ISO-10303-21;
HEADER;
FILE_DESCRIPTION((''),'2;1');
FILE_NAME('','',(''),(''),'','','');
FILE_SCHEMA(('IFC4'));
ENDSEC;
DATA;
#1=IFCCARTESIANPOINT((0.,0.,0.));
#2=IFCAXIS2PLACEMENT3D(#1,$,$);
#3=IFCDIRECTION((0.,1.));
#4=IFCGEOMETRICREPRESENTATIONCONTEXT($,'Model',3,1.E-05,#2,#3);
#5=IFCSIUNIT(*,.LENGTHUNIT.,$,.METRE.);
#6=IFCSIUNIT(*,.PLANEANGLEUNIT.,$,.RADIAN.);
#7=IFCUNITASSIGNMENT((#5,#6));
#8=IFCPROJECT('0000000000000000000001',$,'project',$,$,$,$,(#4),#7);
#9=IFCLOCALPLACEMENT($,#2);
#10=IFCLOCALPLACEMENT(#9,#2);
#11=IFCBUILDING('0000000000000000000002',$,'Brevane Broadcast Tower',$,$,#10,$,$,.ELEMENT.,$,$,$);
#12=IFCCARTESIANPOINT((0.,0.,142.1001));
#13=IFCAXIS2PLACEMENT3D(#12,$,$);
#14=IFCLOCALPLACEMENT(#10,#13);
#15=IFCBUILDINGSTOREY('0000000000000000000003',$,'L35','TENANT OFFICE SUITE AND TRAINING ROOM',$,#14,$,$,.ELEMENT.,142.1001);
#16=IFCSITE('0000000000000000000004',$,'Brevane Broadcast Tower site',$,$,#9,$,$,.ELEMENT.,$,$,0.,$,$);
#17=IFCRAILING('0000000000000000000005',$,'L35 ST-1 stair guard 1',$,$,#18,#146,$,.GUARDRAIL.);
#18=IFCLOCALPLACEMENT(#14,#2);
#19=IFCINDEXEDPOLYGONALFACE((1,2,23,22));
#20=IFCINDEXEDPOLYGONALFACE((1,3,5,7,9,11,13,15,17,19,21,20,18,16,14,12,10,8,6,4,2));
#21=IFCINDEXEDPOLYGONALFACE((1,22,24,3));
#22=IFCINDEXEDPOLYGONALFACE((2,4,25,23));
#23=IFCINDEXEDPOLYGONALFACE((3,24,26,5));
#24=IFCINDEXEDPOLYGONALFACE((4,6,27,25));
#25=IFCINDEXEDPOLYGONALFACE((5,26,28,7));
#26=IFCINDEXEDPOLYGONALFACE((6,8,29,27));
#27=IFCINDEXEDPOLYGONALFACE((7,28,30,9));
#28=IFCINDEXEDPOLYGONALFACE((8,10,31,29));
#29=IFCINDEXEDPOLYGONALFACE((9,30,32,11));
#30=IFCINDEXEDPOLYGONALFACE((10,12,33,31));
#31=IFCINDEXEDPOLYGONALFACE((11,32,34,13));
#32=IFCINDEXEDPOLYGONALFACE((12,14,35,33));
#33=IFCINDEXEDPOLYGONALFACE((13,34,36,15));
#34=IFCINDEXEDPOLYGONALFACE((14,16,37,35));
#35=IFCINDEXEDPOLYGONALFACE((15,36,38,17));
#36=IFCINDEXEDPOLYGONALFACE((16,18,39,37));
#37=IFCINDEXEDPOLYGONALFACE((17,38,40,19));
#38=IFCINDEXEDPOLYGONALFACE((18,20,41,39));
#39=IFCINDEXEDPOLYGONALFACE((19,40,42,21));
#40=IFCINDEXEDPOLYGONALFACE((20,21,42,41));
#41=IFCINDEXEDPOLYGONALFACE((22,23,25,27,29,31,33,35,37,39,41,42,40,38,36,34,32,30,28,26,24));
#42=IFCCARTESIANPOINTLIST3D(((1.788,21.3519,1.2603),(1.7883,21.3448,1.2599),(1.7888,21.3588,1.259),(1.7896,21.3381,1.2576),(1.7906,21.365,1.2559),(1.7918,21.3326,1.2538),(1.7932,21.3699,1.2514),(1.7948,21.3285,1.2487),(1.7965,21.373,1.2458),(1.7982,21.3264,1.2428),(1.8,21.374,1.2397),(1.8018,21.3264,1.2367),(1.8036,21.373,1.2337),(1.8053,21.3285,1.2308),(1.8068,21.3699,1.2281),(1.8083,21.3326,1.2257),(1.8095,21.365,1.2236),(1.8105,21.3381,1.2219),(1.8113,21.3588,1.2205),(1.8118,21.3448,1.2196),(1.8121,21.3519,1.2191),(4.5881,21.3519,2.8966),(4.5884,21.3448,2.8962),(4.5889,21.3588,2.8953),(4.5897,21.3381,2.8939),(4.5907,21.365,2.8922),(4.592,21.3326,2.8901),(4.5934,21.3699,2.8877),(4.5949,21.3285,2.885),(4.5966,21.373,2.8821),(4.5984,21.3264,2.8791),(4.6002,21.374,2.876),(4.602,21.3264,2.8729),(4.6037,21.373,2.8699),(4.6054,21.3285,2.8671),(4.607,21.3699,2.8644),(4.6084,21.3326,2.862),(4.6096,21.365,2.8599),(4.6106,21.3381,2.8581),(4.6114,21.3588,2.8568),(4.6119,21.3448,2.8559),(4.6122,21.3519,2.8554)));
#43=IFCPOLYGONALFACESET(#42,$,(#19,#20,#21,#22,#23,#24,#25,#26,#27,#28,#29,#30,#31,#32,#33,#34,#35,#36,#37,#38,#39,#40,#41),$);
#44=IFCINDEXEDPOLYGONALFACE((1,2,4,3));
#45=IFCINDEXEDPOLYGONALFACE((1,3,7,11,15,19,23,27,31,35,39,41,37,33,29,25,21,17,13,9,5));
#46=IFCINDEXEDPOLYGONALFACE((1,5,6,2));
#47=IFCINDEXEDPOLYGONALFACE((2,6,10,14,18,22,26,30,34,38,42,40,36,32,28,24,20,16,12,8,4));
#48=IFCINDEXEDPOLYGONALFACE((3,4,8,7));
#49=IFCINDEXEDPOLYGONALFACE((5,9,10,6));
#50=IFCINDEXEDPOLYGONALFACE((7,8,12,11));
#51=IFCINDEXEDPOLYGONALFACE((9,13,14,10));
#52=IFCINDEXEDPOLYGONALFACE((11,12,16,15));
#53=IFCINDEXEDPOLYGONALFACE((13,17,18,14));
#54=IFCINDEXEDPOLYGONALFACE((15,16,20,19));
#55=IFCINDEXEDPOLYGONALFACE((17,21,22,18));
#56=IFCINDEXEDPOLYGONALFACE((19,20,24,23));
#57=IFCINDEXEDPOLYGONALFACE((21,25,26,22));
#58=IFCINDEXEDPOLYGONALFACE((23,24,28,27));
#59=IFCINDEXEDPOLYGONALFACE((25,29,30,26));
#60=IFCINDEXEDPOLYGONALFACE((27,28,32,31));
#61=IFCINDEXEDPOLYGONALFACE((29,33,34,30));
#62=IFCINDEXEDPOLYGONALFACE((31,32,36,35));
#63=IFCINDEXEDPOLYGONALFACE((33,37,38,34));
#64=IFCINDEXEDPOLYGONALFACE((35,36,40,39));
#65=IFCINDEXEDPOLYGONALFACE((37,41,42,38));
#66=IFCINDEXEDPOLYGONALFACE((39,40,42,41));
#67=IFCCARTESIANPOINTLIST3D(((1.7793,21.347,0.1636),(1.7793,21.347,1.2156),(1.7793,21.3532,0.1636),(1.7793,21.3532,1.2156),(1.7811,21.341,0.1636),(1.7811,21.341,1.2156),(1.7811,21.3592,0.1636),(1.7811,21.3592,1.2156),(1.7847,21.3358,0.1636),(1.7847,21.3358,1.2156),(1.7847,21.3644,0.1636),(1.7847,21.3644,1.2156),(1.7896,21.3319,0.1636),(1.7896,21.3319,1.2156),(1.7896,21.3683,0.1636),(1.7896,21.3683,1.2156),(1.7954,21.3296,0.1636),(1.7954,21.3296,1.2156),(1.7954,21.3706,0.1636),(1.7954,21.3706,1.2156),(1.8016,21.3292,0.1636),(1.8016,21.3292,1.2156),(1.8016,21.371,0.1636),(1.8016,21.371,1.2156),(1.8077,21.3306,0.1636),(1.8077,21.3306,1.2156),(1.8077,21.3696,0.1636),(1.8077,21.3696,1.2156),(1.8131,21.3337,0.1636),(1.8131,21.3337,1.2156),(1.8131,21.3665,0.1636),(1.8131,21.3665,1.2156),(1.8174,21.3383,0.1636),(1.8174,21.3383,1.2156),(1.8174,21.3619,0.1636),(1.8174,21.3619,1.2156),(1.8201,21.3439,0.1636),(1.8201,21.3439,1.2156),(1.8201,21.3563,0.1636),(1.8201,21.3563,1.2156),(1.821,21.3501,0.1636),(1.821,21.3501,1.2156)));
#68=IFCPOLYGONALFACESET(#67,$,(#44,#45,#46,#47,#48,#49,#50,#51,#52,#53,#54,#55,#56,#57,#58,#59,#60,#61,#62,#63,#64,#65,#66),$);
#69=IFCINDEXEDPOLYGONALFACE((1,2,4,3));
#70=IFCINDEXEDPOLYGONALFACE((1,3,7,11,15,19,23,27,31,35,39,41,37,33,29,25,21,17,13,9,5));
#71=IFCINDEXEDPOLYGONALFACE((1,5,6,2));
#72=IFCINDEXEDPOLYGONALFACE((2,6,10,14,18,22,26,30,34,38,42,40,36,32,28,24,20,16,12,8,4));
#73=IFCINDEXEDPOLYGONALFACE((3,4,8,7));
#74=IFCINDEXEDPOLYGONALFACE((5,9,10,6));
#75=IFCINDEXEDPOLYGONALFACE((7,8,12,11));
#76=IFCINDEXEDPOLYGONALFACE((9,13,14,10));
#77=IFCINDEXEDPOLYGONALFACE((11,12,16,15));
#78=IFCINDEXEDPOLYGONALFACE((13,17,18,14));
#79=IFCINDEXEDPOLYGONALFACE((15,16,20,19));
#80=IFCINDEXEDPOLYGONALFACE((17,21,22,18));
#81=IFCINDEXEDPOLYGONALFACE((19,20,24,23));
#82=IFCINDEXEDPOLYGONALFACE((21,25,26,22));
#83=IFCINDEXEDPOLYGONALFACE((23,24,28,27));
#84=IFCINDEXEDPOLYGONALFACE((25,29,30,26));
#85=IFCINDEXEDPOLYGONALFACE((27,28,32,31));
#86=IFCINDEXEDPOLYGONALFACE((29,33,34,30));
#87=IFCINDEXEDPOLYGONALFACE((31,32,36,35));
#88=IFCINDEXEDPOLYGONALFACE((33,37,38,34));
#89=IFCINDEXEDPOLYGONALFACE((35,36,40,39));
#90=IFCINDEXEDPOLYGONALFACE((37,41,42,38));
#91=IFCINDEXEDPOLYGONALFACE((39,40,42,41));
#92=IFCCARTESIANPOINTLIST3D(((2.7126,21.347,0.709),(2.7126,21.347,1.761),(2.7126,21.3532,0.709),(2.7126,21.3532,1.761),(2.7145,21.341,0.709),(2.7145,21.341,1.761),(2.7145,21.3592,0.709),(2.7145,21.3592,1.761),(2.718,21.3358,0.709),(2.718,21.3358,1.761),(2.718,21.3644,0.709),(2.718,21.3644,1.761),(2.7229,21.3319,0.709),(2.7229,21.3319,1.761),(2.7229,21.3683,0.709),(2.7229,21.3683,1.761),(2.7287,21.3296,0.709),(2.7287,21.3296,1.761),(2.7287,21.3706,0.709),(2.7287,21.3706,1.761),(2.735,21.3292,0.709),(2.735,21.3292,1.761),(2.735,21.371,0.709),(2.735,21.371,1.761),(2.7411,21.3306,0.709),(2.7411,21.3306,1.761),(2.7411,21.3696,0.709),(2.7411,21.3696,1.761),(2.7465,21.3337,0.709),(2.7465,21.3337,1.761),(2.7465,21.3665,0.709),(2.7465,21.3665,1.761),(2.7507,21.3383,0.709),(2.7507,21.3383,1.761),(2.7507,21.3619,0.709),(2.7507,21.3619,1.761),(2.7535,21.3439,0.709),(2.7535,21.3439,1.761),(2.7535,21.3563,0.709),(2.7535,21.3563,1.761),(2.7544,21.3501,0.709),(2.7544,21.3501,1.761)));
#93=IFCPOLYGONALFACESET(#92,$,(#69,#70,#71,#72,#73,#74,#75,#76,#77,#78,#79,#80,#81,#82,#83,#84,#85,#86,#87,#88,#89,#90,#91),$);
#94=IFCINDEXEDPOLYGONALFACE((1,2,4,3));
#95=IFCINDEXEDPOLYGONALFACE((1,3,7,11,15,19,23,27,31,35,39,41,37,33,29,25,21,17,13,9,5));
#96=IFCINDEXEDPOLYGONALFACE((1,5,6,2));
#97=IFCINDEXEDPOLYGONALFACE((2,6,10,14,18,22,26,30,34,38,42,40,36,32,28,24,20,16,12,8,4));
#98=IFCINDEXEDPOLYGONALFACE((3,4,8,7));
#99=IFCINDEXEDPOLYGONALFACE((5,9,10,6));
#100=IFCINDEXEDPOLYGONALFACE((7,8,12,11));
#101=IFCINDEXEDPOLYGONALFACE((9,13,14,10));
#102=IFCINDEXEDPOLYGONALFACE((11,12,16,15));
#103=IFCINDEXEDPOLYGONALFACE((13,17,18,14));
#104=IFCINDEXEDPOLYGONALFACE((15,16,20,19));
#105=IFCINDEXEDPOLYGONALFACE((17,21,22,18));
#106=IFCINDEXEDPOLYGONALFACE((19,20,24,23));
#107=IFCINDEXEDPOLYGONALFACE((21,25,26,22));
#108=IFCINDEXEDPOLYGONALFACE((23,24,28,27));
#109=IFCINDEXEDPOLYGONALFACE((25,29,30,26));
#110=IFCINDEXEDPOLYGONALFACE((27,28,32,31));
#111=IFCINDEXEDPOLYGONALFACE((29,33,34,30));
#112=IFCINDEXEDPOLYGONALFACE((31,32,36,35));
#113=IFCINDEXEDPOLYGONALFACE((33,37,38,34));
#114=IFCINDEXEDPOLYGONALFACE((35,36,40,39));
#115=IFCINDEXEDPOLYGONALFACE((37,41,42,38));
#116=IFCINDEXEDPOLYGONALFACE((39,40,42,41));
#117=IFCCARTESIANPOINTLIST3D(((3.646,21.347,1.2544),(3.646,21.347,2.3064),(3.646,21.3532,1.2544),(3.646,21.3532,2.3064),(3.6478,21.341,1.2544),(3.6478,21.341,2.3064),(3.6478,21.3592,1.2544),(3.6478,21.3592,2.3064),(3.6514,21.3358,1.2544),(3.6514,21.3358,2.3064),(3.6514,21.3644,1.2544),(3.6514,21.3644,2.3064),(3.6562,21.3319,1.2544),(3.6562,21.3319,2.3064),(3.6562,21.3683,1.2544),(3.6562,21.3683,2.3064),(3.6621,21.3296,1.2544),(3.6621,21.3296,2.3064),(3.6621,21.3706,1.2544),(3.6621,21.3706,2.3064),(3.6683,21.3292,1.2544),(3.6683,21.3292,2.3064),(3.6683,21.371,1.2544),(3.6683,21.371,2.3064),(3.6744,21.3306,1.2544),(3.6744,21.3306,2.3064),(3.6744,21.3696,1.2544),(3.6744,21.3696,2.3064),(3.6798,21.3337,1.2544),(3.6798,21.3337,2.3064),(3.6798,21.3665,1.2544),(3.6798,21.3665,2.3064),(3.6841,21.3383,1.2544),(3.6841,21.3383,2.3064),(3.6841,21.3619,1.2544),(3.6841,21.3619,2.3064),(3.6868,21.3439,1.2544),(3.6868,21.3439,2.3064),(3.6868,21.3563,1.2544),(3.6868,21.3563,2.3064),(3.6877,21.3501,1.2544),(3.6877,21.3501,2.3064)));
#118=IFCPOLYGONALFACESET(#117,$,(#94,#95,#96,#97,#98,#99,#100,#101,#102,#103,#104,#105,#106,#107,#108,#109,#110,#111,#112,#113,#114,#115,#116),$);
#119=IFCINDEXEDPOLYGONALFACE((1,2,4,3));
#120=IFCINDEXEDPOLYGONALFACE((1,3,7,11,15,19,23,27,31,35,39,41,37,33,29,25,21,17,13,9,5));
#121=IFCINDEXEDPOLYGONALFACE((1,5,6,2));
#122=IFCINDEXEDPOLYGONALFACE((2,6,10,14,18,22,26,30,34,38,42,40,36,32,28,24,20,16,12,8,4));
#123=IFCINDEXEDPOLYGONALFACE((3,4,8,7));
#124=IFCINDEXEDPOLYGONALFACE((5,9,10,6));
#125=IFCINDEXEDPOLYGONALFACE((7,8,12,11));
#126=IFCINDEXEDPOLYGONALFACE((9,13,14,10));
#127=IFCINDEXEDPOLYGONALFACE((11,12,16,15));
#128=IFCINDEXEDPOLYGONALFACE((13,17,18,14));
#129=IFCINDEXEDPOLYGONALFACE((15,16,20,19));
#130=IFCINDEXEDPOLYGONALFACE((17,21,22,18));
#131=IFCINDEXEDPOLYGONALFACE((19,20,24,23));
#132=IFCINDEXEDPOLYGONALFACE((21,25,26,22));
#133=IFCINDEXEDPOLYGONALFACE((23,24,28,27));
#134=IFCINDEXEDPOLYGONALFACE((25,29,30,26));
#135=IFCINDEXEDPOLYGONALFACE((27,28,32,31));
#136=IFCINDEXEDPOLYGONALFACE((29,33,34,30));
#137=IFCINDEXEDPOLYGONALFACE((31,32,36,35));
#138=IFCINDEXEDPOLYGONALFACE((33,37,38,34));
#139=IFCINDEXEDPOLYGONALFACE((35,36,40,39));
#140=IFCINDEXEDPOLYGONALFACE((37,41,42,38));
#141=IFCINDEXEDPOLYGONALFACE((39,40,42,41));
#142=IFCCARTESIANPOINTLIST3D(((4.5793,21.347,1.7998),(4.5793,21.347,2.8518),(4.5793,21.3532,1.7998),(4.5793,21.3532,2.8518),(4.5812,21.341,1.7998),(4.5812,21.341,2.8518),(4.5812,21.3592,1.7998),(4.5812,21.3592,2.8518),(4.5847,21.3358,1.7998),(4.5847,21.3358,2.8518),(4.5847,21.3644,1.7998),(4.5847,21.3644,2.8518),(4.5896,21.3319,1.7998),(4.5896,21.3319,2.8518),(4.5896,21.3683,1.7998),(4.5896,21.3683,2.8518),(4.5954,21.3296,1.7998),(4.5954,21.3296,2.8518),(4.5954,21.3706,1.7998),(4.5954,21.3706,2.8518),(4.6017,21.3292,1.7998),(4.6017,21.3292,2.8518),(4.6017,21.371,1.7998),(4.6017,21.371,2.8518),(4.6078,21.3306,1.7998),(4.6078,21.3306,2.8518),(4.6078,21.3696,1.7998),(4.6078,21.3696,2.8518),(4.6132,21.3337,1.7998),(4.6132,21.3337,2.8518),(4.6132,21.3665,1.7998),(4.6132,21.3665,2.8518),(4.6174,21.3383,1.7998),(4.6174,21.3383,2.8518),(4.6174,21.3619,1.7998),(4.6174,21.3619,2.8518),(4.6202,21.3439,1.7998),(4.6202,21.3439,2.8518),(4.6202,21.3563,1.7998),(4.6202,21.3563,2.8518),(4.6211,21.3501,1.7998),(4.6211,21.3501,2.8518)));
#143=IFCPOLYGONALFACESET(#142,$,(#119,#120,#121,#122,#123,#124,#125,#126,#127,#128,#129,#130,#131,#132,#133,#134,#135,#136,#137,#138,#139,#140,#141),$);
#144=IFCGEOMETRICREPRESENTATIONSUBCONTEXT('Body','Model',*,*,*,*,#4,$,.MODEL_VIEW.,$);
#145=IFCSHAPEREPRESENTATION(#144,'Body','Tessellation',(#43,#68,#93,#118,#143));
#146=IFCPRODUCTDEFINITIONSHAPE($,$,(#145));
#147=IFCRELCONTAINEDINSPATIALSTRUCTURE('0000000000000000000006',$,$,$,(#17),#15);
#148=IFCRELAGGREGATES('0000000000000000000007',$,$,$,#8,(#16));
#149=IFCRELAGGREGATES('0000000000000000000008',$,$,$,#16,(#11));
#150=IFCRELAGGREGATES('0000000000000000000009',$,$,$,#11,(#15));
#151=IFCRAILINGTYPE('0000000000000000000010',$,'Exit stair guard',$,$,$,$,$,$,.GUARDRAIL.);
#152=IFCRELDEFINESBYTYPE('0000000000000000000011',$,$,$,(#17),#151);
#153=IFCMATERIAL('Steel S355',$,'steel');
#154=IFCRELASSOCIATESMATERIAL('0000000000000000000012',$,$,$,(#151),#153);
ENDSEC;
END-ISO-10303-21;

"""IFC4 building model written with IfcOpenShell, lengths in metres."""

from ifc_helpers import new_model, si_unit, direction, frame, origin, origin_2d, place, context, subcontext, project, spatial, circle, extrude, material, type_object, element, save


model = new_model("IFC4")

# Units and contexts
model_context = context("Model", 3, precision=1e-05, world=origin(), true_north=direction((0.0, 1.0)))
body_context = subcontext(model_context, "Body", "Model", "MODEL_VIEW")
ifc_project = project(units=[si_unit("LENGTHUNIT", "METRE"), si_unit("PLANEANGLEUNIT", "RADIAN")], contexts=[model_context])

# Site, building, storey
site_placement = place(None, origin())
site = spatial("IfcSite", under=ifc_project, at=site_placement, Name="Brevane Broadcast Tower site", CompositionType="ELEMENT", RefElevation=0.0)
building_placement = place(site_placement, origin())
building = spatial("IfcBuilding", under=site, at=building_placement, Name="Brevane Broadcast Tower", CompositionType="ELEMENT")
storey_placement = place(building_placement, frame((0.0, 0.0, 142.1001)))
storey = spatial("IfcBuildingStorey", under=building, at=storey_placement, Name="L35", Description="TENANT OFFICE SUITE AND TRAINING ROOM", CompositionType="ELEMENT", Elevation=142.1001)

# Railing
ifc_material_1 = material(Name="Steel S355", Category="steel")
railing_type_1 = type_object("IfcRailingType", Name="Exit stair guard", PredefinedType="GUARDRAIL", material=ifc_material_1)
railing_1_placement = place(storey_placement, frame((1.8, 21.3501, 0.1636)))
element("IfcRailing", 1, at=railing_1_placement, inside=storey, type_object=railing_type_1, Name="L35 ST-1 stair guard 1", PredefinedType="GUARDRAIL", context=body_context, shape_type="SweptSolid", body=[
    extrude(circle(Radius=0.0239, at=origin_2d()), frame((0.0, 0.0, 1.0762), z_axis=(0.863394, 0.0, 0.504531), x_axis=(0.0, 1.0, 0.0)), (0.0, 0.0, 1.0), 3.2432),
    extrude(circle(Radius=0.021, at=origin_2d()), origin(), (0.0, 0.0, 1.0), 1.052),
    extrude(circle(Radius=0.021, at=origin_2d()), frame((0.9333, 0.0, 0.5454)), (0.0, 0.0, 1.0), 1.052),
    extrude(circle(Radius=0.021, at=origin_2d()), frame((1.8667, 0.0, 1.0908)), (0.0, 0.0, 1.0), 1.052),
    extrude(circle(Radius=0.021, at=origin_2d()), frame((2.8, 0.0, 1.6362)), (0.0, 0.0, 1.0), 1.052),
])

save(model, "model.ifc")
